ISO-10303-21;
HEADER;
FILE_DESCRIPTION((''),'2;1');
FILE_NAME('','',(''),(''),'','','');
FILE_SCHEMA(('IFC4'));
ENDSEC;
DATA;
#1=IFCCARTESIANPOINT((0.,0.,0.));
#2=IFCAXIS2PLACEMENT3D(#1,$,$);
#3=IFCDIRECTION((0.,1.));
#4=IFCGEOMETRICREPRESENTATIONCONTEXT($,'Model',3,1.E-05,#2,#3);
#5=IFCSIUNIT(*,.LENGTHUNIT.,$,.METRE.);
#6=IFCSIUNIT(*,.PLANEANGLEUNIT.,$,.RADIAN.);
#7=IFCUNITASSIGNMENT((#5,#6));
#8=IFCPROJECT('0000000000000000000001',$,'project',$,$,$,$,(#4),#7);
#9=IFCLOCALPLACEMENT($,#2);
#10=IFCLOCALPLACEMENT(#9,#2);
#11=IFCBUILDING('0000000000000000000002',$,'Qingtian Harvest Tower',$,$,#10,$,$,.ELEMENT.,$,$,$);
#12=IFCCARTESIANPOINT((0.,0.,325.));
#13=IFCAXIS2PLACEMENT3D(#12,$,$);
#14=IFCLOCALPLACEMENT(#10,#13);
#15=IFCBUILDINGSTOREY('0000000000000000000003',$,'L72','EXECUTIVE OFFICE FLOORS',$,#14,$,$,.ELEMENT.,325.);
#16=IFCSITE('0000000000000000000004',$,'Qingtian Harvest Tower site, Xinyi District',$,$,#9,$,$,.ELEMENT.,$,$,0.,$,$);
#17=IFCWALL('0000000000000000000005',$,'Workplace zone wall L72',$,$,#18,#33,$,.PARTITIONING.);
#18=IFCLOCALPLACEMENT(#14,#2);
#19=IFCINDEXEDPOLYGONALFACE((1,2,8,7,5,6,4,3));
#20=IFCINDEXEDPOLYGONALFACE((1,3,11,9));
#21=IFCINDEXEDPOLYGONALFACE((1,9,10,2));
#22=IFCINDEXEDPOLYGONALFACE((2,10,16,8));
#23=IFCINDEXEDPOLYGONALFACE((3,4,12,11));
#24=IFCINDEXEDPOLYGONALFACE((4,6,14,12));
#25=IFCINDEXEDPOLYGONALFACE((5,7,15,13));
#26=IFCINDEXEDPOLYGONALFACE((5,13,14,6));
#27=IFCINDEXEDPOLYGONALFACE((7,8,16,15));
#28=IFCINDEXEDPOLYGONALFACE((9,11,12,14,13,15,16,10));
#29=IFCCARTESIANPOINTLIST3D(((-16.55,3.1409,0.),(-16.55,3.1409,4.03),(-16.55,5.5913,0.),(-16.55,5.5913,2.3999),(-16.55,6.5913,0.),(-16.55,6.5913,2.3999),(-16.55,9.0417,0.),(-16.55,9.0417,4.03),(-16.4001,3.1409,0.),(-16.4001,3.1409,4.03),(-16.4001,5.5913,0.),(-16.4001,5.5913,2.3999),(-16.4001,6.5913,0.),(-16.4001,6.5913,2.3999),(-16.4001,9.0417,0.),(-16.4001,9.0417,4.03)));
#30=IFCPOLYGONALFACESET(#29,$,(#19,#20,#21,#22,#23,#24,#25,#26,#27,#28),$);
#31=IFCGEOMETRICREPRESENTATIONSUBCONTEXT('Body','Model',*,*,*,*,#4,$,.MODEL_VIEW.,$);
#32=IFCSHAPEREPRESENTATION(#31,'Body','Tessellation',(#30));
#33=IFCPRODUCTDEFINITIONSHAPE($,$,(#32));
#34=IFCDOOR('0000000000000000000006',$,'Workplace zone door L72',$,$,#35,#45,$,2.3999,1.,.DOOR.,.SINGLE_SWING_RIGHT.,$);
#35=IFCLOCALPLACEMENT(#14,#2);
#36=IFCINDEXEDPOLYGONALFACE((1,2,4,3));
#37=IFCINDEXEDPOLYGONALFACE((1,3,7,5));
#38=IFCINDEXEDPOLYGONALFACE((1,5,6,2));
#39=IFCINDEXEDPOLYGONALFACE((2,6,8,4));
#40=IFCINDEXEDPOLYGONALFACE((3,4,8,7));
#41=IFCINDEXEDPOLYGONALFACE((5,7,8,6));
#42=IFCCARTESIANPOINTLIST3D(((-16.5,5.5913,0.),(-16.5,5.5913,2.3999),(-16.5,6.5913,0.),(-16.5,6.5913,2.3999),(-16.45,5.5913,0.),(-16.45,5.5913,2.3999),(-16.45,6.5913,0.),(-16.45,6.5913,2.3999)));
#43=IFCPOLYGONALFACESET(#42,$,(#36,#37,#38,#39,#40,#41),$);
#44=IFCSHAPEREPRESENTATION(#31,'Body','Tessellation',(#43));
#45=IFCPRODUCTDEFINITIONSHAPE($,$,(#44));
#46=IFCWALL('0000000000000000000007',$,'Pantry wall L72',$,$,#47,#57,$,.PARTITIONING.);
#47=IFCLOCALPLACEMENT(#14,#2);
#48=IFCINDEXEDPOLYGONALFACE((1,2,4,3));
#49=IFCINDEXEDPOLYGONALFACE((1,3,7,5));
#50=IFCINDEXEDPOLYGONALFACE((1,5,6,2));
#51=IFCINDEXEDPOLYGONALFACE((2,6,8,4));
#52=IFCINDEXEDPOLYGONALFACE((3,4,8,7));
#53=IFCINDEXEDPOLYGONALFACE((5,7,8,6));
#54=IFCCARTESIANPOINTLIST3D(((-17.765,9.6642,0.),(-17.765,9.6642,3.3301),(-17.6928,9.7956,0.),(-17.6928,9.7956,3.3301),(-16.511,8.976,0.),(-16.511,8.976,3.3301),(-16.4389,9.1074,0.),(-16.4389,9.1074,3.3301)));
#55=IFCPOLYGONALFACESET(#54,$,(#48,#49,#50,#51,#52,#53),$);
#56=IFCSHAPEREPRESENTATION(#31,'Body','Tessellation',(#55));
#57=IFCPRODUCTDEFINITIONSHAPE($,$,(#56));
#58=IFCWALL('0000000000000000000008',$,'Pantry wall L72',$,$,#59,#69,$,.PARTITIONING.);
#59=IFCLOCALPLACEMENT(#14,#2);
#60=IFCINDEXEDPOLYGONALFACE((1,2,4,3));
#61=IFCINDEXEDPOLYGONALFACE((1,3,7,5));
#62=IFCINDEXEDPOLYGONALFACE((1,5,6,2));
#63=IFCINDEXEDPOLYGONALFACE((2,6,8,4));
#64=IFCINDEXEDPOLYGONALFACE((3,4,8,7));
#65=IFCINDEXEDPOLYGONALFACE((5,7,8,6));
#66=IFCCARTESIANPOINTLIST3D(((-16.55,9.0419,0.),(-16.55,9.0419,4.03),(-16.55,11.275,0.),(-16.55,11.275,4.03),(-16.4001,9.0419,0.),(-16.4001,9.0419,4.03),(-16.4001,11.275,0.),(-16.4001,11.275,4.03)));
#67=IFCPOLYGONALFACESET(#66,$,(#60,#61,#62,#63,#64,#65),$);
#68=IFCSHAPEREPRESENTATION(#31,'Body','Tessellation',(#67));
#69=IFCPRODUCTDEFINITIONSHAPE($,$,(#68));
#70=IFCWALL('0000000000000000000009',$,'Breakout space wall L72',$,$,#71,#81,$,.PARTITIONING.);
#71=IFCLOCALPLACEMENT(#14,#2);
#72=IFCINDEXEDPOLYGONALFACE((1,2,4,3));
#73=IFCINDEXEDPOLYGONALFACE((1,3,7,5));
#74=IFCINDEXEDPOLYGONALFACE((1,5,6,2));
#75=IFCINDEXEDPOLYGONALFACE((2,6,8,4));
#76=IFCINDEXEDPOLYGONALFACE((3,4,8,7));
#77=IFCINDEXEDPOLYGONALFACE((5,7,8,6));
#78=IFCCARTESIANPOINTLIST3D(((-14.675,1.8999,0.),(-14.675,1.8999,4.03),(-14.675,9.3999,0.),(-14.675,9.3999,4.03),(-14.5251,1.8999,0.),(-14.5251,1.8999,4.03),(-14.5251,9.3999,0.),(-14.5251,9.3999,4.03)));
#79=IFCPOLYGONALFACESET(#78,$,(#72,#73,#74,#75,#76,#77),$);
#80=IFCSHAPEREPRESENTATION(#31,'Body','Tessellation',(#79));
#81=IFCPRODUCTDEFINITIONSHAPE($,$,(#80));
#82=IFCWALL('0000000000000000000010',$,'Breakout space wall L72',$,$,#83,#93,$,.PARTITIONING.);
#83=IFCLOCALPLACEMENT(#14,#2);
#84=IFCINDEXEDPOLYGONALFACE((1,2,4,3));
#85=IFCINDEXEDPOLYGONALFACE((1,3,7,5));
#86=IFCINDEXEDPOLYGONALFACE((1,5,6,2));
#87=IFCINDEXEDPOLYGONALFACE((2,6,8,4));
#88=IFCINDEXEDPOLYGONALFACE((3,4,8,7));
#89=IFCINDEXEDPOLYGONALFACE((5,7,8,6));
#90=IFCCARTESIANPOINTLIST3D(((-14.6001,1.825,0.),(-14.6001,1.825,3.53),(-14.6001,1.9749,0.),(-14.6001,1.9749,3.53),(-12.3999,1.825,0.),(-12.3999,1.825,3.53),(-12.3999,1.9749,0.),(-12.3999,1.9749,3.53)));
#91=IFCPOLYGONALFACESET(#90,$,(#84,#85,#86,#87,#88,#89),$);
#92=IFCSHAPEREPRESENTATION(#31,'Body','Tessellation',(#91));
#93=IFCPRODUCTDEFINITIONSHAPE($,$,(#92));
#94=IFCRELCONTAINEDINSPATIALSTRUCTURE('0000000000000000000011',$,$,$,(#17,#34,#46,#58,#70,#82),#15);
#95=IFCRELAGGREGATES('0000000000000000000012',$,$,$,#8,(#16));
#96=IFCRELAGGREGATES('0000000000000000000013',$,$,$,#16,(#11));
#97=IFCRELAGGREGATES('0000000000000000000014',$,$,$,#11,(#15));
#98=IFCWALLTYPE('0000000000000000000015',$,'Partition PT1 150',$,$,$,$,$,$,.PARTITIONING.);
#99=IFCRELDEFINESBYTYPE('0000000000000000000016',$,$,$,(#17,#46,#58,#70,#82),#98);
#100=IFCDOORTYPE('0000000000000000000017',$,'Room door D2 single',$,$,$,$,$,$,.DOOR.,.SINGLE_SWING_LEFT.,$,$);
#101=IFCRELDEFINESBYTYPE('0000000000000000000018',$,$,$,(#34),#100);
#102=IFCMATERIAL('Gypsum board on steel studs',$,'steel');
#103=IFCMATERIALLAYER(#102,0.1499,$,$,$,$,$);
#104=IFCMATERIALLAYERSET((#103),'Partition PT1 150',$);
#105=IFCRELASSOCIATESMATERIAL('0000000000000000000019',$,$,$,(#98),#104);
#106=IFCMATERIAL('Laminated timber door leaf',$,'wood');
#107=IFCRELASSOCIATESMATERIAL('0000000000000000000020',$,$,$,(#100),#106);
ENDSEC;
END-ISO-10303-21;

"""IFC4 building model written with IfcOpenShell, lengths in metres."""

from ifc_helpers import new_model, si_unit, direction, frame, frame_2d, origin, place, context, subcontext, project, spatial, rectangle, extrude, material, layer, layer_set, type_object, element, fill, save


model = new_model("IFC4")

# Units and contexts
model_context = context("Model", 3, precision=1e-05, world=origin(), true_north=direction((0.0, 1.0)))
body_context = subcontext(model_context, "Body", "Model", "MODEL_VIEW")
ifc_project = project(units=[si_unit("LENGTHUNIT", "METRE"), si_unit("PLANEANGLEUNIT", "RADIAN")], contexts=[model_context])

# Site, building, storey
site_placement = place(None, origin())
site = spatial("IfcSite", under=ifc_project, at=site_placement, Name="Qingtian Harvest Tower site, Xinyi District", CompositionType="ELEMENT", RefElevation=0.0)
building_placement = place(site_placement, origin())
building = spatial("IfcBuilding", under=site, at=building_placement, Name="Qingtian Harvest Tower", CompositionType="ELEMENT")
storey_placement = place(building_placement, frame((0.0, 0.0, 325.0)))
storey = spatial("IfcBuildingStorey", under=building, at=storey_placement, Name="L72", Description="EXECUTIVE OFFICE FLOORS", CompositionType="ELEMENT", Elevation=325.0)

# Shared definitions
ifc_material_1 = material(Name="Gypsum board on steel studs", Category="steel")
ifc_layer_1 = layer(ifc_material_1, 0.1499)
ifc_layer_set_1 = layer_set([ifc_layer_1], Name="Partition PT1 150")
wall_type_1 = type_object("IfcWallType", Name="Partition PT1 150", PredefinedType="PARTITIONING", material=ifc_layer_set_1)

# Wall, opening, door
wall_1_placement = place(storey_placement, frame((-16.4751, 3.1409, 0.0), z_axis=(0.0, 0.0, 1.0), x_axis=(0.0, 1.0, 0.0)))
wall_1 = element("IfcWall", 1, at=wall_1_placement, inside=storey, type_object=wall_type_1, Name="Workplace zone wall L72", PredefinedType="PARTITIONING", context=body_context, shape_type="SweptSolid", body=[
    extrude(rectangle(XDim=5.9009, YDim=0.1499, at=frame_2d((2.9504, 0.0))), origin(), (0.0, 0.0, 1.0), 4.03),
])
opening_1_placement = place(wall_1_placement, frame((2.4504, 0.0, 0.0)))
opening_1 = element("IfcOpeningElement", 2, at=opening_1_placement, cuts=wall_1, PredefinedType="OPENING", context=body_context, shape_type="SweptSolid", body=[
    extrude(rectangle(XDim=1.0, YDim=2.3999, at=frame_2d((0.5, 1.2))), frame((0.0, 0.085, 0.0), z_axis=(0.0, -1.0, 0.0), x_axis=(1.0, 0.0, 0.0)), (0.0, 0.0, 1.0), 0.1699),
])
ifc_material_2 = material(Name="Laminated timber door leaf", Category="wood")
door_type_1 = type_object("IfcDoorType", Name="Room door D2 single", OperationType="SINGLE_SWING_LEFT", PredefinedType="DOOR", material=ifc_material_2)
door_1_placement = place(opening_1_placement, origin())
door_1 = element("IfcDoor", 3, at=door_1_placement, inside=storey, type_object=door_type_1, Name="Workplace zone door L72", OperationType="SINGLE_SWING_RIGHT", OverallHeight=2.3999, OverallWidth=1.0, PredefinedType="DOOR", context=body_context, shape_type="SweptSolid", body=[
    extrude(rectangle(XDim=1.0, YDim=2.3999, at=frame_2d((0.5, 1.2))), frame((0.0, 0.0249, 0.0), z_axis=(0.0, -1.0, 0.0), x_axis=(1.0, 0.0, 0.0)), (0.0, 0.0, 1.0), 0.05),
])
fill(opening_1, door_1)

# Walls
wall_2_placement = place(storey_placement, frame((-17.729, 9.73, 0.0), z_axis=(0.0, 0.0, 1.0), x_axis=(0.876634, -0.481159, 0.0)))
element("IfcWall", 4, at=wall_2_placement, inside=storey, type_object=wall_type_1, Name="Pantry wall L72", PredefinedType="PARTITIONING", context=body_context, shape_type="SweptSolid", body=[
    extrude(rectangle(XDim=1.4304, YDim=0.1499, at=frame_2d((0.7153, 0.0))), origin(), (0.0, 0.0, 1.0), 3.3301),
])
wall_3_placement = place(storey_placement, frame((-16.4751, 9.0417, 0.0), z_axis=(0.0, 0.0, 1.0), x_axis=(0.0, 1.0, 0.0)))
element("IfcWall", 5, at=wall_3_placement, inside=storey, type_object=wall_type_1, Name="Pantry wall L72", PredefinedType="PARTITIONING", context=body_context, shape_type="SweptSolid", body=[
    extrude(rectangle(XDim=2.2332, YDim=0.1499, at=frame_2d((1.1167, 0.0))), origin(), (0.0, 0.0, 1.0), 4.03),
])
wall_4_placement = place(storey_placement, frame((-14.6001, 1.8999, 0.0), z_axis=(0.0, 0.0, 1.0), x_axis=(0.0, 1.0, 0.0)))
element("IfcWall", 6, at=wall_4_placement, inside=storey, type_object=wall_type_1, Name="Breakout space wall L72", PredefinedType="PARTITIONING", context=body_context, shape_type="SweptSolid", body=[
    extrude(rectangle(XDim=7.5, YDim=0.1499, at=frame_2d((3.75, 0.0))), origin(), (0.0, 0.0, 1.0), 4.03),
])
wall_5_placement = place(storey_placement, frame((-12.3999, 1.8999, 0.0), z_axis=(0.0, 0.0, 1.0), x_axis=(-1.0, 0.0, 0.0)))
element("IfcWall", 7, at=wall_5_placement, inside=storey, type_object=wall_type_1, Name="Breakout space wall L72", PredefinedType="PARTITIONING", context=body_context, shape_type="SweptSolid", body=[
    extrude(rectangle(XDim=2.2002, YDim=0.1499, at=frame_2d((1.1001, 0.0))), origin(), (0.0, 0.0, 1.0), 3.53),
])

save(model, "model.ifc")
